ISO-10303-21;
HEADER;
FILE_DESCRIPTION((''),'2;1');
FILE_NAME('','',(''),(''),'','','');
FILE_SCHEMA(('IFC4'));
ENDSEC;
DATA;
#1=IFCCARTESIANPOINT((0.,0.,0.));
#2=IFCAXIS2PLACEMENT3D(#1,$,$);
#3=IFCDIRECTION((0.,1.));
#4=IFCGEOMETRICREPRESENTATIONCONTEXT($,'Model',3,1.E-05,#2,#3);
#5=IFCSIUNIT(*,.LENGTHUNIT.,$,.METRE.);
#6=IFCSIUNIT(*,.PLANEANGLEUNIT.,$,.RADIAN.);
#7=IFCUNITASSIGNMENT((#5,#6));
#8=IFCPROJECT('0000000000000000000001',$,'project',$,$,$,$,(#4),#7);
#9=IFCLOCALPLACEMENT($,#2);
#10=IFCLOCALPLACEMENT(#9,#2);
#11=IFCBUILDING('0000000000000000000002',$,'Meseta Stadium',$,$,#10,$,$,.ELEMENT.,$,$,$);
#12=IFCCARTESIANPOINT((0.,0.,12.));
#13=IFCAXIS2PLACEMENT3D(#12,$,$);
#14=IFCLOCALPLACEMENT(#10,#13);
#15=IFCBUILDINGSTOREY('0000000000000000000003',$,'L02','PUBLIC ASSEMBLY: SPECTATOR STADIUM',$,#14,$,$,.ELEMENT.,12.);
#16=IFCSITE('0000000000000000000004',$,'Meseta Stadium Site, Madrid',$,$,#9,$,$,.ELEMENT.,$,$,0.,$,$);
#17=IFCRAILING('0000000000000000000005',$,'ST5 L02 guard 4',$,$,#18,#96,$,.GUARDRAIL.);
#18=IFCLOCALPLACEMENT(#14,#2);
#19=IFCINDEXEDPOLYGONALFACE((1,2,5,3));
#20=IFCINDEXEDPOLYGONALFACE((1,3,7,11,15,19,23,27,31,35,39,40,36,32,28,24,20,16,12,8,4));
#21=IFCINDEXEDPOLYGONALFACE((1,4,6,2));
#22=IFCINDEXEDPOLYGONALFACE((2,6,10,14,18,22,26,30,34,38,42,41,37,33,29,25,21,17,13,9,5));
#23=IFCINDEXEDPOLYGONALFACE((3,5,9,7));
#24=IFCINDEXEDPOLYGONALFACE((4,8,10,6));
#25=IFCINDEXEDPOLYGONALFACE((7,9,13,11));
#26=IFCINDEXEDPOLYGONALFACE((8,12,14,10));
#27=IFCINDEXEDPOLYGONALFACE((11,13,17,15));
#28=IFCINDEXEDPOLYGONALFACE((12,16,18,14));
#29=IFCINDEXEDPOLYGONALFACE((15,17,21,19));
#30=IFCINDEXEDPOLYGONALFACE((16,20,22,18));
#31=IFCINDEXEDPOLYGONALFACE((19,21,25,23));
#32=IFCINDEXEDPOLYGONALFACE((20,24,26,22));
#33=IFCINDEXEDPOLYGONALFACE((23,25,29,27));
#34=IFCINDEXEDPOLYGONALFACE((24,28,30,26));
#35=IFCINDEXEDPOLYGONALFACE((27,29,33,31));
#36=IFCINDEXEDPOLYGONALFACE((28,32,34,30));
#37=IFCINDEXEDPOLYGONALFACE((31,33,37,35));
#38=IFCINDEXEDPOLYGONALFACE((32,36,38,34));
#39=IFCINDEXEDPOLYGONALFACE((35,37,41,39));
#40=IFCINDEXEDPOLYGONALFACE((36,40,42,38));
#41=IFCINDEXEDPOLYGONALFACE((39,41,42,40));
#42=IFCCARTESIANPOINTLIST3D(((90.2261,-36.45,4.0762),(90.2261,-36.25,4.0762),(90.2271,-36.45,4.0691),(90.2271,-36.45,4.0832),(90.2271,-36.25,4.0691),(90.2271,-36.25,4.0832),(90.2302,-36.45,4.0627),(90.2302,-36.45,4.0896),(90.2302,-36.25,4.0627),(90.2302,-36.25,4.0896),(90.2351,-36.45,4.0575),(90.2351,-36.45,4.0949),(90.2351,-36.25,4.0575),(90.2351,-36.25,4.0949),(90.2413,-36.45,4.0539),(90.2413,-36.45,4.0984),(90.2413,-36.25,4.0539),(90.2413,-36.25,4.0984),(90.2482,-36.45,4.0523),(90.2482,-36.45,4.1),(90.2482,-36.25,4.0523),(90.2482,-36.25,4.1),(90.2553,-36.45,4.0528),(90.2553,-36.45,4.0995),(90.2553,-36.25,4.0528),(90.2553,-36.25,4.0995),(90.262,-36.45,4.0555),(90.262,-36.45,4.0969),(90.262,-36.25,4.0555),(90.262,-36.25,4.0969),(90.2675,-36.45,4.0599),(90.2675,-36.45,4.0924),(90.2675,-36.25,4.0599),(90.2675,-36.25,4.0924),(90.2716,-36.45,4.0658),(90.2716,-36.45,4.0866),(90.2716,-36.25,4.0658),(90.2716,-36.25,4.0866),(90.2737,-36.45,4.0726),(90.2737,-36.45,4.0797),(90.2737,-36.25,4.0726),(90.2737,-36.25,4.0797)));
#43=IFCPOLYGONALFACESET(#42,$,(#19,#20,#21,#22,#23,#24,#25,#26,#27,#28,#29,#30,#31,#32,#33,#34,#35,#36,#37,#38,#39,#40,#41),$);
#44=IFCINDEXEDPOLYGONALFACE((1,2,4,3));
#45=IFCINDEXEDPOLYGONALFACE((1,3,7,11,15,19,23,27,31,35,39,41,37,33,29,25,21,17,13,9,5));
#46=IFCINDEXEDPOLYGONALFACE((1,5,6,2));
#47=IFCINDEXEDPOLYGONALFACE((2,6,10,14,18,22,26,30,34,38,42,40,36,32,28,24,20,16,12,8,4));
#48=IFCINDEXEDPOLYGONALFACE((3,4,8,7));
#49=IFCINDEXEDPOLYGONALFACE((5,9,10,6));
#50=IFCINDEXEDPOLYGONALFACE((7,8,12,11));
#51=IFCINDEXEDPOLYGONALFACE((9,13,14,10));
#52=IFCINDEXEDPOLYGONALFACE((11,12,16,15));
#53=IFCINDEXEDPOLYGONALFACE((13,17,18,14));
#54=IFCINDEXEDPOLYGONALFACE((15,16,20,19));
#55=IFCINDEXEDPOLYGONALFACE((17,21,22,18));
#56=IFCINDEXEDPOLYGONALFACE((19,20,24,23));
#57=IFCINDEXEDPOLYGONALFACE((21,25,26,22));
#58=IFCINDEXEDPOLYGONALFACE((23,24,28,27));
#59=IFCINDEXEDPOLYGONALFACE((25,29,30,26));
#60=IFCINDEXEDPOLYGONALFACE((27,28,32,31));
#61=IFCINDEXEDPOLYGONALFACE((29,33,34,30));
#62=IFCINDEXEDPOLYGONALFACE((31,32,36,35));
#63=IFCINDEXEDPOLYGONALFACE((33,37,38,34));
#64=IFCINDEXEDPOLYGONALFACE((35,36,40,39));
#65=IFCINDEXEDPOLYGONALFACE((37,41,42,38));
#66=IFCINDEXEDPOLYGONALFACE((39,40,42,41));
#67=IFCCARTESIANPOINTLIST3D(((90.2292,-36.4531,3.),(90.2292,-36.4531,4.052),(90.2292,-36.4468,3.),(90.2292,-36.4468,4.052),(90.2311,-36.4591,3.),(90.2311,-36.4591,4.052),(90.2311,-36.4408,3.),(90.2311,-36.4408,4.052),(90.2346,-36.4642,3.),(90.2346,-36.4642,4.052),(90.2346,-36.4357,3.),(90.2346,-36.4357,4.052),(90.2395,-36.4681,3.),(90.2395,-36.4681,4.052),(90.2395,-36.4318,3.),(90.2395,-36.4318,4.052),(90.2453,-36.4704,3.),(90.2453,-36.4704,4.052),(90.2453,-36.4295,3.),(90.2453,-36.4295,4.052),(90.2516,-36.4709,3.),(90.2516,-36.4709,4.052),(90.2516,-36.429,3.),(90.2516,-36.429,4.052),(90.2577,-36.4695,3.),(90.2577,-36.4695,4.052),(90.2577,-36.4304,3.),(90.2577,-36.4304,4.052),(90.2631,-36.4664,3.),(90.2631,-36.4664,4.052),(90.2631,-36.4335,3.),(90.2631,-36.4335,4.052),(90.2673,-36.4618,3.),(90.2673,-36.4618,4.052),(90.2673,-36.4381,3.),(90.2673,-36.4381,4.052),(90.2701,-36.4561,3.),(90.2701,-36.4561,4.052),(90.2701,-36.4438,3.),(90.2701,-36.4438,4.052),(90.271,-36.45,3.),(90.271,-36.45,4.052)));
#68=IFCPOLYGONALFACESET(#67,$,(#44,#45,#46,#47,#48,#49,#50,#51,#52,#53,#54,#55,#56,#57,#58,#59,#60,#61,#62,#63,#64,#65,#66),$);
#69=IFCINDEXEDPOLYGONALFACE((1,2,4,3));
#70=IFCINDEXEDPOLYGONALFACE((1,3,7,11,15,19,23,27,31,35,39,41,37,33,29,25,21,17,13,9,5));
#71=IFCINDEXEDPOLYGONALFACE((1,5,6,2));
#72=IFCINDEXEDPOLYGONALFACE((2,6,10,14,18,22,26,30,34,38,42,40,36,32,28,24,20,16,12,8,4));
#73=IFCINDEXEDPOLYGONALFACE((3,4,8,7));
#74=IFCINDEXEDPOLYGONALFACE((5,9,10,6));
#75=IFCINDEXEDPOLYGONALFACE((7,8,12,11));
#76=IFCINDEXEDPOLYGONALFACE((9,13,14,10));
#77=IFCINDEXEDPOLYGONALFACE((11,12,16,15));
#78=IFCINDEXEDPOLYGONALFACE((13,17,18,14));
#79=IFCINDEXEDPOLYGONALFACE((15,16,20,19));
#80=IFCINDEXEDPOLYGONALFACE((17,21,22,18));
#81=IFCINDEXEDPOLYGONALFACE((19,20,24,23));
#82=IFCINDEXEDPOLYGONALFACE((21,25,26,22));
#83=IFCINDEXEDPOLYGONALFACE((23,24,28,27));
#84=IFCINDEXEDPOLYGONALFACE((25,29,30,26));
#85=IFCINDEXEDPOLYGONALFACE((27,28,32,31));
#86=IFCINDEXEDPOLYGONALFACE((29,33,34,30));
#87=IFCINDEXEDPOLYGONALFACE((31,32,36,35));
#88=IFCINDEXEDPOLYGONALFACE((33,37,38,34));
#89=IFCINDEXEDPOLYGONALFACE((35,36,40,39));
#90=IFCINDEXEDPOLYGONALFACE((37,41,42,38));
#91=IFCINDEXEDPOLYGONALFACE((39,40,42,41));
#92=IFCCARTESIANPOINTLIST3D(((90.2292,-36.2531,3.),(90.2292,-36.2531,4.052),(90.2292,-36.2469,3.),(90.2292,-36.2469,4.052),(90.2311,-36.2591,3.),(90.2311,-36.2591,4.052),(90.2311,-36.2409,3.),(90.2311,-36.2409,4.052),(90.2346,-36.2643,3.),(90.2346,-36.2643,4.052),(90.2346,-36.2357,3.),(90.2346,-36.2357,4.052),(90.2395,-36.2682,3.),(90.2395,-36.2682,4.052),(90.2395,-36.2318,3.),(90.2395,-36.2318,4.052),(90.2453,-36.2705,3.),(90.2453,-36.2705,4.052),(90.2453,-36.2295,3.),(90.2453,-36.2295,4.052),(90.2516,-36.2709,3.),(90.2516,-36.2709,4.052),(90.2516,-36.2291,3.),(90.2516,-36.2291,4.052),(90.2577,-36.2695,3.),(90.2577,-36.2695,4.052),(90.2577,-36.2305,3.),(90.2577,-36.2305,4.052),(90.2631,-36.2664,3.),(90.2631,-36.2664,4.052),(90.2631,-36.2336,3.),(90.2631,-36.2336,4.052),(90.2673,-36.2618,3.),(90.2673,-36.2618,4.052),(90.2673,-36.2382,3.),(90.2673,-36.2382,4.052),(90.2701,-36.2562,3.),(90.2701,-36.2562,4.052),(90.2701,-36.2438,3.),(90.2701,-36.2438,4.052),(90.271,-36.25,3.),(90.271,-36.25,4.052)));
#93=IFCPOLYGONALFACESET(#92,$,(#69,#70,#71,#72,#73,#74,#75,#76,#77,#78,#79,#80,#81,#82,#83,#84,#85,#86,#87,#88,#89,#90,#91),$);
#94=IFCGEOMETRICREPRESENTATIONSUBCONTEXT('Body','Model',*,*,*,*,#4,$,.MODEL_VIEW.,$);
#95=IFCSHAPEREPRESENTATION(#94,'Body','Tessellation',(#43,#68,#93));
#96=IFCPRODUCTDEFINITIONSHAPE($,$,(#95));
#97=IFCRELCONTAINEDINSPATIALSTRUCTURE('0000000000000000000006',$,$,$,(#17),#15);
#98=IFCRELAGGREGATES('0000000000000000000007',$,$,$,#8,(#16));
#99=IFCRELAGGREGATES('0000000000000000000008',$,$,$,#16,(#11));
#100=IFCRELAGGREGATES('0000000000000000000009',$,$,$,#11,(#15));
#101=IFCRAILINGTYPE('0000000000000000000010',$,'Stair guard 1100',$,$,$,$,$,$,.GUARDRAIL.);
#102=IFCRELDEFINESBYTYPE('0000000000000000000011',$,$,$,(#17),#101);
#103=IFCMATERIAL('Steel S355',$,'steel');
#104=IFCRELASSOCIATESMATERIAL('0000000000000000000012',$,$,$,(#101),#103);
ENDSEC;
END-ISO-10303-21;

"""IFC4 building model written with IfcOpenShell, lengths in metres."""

from ifc_helpers import new_model, si_unit, direction, frame, origin, origin_2d, place, context, subcontext, project, spatial, circle, extrude, material, type_object, element, save


model = new_model("IFC4")

# Units and contexts
model_context = context("Model", 3, precision=1e-05, world=origin(), true_north=direction((0.0, 1.0)))
body_context = subcontext(model_context, "Body", "Model", "MODEL_VIEW")
ifc_project = project(units=[si_unit("LENGTHUNIT", "METRE"), si_unit("PLANEANGLEUNIT", "RADIAN")], contexts=[model_context])

# Site, building, storey
site_placement = place(None, origin())
site = spatial("IfcSite", under=ifc_project, at=site_placement, Name="Meseta Stadium Site, Madrid", CompositionType="ELEMENT", RefElevation=0.0)
building_placement = place(site_placement, origin())
building = spatial("IfcBuilding", under=site, at=building_placement, Name="Meseta Stadium", CompositionType="ELEMENT")
storey_placement = place(building_placement, frame((0.0, 0.0, 12.0)))
storey = spatial("IfcBuildingStorey", under=building, at=storey_placement, Name="L02", Description="PUBLIC ASSEMBLY: SPECTATOR STADIUM", CompositionType="ELEMENT", Elevation=12.0)

# Railing
ifc_material_1 = material(Name="Steel S355", Category="steel")
railing_type_1 = type_object("IfcRailingType", Name="Stair guard 1100", PredefinedType="GUARDRAIL", material=ifc_material_1)
railing_1_placement = place(storey_placement, frame((90.25, -36.45, 3.0)))
element("IfcRailing", 1, at=railing_1_placement, inside=storey, type_object=railing_type_1, Name="ST5 L02 guard 4", PredefinedType="GUARDRAIL", context=body_context, shape_type="SweptSolid", body=[
    extrude(circle(Radius=0.0239, at=origin_2d()), frame((0.0, 0.0, 1.0762), z_axis=(0.0, 1.0, 0.0), x_axis=(-1.0, 0.0, 0.0)), (0.0, 0.0, 1.0), 0.2),
    extrude(circle(Radius=0.021, at=origin_2d()), origin(), (0.0, 0.0, 1.0), 1.052),
    extrude(circle(Radius=0.021, at=origin_2d()), frame((0.0, 0.2, 0.0)), (0.0, 0.0, 1.0), 1.052),
])

save(model, "model.ifc")
